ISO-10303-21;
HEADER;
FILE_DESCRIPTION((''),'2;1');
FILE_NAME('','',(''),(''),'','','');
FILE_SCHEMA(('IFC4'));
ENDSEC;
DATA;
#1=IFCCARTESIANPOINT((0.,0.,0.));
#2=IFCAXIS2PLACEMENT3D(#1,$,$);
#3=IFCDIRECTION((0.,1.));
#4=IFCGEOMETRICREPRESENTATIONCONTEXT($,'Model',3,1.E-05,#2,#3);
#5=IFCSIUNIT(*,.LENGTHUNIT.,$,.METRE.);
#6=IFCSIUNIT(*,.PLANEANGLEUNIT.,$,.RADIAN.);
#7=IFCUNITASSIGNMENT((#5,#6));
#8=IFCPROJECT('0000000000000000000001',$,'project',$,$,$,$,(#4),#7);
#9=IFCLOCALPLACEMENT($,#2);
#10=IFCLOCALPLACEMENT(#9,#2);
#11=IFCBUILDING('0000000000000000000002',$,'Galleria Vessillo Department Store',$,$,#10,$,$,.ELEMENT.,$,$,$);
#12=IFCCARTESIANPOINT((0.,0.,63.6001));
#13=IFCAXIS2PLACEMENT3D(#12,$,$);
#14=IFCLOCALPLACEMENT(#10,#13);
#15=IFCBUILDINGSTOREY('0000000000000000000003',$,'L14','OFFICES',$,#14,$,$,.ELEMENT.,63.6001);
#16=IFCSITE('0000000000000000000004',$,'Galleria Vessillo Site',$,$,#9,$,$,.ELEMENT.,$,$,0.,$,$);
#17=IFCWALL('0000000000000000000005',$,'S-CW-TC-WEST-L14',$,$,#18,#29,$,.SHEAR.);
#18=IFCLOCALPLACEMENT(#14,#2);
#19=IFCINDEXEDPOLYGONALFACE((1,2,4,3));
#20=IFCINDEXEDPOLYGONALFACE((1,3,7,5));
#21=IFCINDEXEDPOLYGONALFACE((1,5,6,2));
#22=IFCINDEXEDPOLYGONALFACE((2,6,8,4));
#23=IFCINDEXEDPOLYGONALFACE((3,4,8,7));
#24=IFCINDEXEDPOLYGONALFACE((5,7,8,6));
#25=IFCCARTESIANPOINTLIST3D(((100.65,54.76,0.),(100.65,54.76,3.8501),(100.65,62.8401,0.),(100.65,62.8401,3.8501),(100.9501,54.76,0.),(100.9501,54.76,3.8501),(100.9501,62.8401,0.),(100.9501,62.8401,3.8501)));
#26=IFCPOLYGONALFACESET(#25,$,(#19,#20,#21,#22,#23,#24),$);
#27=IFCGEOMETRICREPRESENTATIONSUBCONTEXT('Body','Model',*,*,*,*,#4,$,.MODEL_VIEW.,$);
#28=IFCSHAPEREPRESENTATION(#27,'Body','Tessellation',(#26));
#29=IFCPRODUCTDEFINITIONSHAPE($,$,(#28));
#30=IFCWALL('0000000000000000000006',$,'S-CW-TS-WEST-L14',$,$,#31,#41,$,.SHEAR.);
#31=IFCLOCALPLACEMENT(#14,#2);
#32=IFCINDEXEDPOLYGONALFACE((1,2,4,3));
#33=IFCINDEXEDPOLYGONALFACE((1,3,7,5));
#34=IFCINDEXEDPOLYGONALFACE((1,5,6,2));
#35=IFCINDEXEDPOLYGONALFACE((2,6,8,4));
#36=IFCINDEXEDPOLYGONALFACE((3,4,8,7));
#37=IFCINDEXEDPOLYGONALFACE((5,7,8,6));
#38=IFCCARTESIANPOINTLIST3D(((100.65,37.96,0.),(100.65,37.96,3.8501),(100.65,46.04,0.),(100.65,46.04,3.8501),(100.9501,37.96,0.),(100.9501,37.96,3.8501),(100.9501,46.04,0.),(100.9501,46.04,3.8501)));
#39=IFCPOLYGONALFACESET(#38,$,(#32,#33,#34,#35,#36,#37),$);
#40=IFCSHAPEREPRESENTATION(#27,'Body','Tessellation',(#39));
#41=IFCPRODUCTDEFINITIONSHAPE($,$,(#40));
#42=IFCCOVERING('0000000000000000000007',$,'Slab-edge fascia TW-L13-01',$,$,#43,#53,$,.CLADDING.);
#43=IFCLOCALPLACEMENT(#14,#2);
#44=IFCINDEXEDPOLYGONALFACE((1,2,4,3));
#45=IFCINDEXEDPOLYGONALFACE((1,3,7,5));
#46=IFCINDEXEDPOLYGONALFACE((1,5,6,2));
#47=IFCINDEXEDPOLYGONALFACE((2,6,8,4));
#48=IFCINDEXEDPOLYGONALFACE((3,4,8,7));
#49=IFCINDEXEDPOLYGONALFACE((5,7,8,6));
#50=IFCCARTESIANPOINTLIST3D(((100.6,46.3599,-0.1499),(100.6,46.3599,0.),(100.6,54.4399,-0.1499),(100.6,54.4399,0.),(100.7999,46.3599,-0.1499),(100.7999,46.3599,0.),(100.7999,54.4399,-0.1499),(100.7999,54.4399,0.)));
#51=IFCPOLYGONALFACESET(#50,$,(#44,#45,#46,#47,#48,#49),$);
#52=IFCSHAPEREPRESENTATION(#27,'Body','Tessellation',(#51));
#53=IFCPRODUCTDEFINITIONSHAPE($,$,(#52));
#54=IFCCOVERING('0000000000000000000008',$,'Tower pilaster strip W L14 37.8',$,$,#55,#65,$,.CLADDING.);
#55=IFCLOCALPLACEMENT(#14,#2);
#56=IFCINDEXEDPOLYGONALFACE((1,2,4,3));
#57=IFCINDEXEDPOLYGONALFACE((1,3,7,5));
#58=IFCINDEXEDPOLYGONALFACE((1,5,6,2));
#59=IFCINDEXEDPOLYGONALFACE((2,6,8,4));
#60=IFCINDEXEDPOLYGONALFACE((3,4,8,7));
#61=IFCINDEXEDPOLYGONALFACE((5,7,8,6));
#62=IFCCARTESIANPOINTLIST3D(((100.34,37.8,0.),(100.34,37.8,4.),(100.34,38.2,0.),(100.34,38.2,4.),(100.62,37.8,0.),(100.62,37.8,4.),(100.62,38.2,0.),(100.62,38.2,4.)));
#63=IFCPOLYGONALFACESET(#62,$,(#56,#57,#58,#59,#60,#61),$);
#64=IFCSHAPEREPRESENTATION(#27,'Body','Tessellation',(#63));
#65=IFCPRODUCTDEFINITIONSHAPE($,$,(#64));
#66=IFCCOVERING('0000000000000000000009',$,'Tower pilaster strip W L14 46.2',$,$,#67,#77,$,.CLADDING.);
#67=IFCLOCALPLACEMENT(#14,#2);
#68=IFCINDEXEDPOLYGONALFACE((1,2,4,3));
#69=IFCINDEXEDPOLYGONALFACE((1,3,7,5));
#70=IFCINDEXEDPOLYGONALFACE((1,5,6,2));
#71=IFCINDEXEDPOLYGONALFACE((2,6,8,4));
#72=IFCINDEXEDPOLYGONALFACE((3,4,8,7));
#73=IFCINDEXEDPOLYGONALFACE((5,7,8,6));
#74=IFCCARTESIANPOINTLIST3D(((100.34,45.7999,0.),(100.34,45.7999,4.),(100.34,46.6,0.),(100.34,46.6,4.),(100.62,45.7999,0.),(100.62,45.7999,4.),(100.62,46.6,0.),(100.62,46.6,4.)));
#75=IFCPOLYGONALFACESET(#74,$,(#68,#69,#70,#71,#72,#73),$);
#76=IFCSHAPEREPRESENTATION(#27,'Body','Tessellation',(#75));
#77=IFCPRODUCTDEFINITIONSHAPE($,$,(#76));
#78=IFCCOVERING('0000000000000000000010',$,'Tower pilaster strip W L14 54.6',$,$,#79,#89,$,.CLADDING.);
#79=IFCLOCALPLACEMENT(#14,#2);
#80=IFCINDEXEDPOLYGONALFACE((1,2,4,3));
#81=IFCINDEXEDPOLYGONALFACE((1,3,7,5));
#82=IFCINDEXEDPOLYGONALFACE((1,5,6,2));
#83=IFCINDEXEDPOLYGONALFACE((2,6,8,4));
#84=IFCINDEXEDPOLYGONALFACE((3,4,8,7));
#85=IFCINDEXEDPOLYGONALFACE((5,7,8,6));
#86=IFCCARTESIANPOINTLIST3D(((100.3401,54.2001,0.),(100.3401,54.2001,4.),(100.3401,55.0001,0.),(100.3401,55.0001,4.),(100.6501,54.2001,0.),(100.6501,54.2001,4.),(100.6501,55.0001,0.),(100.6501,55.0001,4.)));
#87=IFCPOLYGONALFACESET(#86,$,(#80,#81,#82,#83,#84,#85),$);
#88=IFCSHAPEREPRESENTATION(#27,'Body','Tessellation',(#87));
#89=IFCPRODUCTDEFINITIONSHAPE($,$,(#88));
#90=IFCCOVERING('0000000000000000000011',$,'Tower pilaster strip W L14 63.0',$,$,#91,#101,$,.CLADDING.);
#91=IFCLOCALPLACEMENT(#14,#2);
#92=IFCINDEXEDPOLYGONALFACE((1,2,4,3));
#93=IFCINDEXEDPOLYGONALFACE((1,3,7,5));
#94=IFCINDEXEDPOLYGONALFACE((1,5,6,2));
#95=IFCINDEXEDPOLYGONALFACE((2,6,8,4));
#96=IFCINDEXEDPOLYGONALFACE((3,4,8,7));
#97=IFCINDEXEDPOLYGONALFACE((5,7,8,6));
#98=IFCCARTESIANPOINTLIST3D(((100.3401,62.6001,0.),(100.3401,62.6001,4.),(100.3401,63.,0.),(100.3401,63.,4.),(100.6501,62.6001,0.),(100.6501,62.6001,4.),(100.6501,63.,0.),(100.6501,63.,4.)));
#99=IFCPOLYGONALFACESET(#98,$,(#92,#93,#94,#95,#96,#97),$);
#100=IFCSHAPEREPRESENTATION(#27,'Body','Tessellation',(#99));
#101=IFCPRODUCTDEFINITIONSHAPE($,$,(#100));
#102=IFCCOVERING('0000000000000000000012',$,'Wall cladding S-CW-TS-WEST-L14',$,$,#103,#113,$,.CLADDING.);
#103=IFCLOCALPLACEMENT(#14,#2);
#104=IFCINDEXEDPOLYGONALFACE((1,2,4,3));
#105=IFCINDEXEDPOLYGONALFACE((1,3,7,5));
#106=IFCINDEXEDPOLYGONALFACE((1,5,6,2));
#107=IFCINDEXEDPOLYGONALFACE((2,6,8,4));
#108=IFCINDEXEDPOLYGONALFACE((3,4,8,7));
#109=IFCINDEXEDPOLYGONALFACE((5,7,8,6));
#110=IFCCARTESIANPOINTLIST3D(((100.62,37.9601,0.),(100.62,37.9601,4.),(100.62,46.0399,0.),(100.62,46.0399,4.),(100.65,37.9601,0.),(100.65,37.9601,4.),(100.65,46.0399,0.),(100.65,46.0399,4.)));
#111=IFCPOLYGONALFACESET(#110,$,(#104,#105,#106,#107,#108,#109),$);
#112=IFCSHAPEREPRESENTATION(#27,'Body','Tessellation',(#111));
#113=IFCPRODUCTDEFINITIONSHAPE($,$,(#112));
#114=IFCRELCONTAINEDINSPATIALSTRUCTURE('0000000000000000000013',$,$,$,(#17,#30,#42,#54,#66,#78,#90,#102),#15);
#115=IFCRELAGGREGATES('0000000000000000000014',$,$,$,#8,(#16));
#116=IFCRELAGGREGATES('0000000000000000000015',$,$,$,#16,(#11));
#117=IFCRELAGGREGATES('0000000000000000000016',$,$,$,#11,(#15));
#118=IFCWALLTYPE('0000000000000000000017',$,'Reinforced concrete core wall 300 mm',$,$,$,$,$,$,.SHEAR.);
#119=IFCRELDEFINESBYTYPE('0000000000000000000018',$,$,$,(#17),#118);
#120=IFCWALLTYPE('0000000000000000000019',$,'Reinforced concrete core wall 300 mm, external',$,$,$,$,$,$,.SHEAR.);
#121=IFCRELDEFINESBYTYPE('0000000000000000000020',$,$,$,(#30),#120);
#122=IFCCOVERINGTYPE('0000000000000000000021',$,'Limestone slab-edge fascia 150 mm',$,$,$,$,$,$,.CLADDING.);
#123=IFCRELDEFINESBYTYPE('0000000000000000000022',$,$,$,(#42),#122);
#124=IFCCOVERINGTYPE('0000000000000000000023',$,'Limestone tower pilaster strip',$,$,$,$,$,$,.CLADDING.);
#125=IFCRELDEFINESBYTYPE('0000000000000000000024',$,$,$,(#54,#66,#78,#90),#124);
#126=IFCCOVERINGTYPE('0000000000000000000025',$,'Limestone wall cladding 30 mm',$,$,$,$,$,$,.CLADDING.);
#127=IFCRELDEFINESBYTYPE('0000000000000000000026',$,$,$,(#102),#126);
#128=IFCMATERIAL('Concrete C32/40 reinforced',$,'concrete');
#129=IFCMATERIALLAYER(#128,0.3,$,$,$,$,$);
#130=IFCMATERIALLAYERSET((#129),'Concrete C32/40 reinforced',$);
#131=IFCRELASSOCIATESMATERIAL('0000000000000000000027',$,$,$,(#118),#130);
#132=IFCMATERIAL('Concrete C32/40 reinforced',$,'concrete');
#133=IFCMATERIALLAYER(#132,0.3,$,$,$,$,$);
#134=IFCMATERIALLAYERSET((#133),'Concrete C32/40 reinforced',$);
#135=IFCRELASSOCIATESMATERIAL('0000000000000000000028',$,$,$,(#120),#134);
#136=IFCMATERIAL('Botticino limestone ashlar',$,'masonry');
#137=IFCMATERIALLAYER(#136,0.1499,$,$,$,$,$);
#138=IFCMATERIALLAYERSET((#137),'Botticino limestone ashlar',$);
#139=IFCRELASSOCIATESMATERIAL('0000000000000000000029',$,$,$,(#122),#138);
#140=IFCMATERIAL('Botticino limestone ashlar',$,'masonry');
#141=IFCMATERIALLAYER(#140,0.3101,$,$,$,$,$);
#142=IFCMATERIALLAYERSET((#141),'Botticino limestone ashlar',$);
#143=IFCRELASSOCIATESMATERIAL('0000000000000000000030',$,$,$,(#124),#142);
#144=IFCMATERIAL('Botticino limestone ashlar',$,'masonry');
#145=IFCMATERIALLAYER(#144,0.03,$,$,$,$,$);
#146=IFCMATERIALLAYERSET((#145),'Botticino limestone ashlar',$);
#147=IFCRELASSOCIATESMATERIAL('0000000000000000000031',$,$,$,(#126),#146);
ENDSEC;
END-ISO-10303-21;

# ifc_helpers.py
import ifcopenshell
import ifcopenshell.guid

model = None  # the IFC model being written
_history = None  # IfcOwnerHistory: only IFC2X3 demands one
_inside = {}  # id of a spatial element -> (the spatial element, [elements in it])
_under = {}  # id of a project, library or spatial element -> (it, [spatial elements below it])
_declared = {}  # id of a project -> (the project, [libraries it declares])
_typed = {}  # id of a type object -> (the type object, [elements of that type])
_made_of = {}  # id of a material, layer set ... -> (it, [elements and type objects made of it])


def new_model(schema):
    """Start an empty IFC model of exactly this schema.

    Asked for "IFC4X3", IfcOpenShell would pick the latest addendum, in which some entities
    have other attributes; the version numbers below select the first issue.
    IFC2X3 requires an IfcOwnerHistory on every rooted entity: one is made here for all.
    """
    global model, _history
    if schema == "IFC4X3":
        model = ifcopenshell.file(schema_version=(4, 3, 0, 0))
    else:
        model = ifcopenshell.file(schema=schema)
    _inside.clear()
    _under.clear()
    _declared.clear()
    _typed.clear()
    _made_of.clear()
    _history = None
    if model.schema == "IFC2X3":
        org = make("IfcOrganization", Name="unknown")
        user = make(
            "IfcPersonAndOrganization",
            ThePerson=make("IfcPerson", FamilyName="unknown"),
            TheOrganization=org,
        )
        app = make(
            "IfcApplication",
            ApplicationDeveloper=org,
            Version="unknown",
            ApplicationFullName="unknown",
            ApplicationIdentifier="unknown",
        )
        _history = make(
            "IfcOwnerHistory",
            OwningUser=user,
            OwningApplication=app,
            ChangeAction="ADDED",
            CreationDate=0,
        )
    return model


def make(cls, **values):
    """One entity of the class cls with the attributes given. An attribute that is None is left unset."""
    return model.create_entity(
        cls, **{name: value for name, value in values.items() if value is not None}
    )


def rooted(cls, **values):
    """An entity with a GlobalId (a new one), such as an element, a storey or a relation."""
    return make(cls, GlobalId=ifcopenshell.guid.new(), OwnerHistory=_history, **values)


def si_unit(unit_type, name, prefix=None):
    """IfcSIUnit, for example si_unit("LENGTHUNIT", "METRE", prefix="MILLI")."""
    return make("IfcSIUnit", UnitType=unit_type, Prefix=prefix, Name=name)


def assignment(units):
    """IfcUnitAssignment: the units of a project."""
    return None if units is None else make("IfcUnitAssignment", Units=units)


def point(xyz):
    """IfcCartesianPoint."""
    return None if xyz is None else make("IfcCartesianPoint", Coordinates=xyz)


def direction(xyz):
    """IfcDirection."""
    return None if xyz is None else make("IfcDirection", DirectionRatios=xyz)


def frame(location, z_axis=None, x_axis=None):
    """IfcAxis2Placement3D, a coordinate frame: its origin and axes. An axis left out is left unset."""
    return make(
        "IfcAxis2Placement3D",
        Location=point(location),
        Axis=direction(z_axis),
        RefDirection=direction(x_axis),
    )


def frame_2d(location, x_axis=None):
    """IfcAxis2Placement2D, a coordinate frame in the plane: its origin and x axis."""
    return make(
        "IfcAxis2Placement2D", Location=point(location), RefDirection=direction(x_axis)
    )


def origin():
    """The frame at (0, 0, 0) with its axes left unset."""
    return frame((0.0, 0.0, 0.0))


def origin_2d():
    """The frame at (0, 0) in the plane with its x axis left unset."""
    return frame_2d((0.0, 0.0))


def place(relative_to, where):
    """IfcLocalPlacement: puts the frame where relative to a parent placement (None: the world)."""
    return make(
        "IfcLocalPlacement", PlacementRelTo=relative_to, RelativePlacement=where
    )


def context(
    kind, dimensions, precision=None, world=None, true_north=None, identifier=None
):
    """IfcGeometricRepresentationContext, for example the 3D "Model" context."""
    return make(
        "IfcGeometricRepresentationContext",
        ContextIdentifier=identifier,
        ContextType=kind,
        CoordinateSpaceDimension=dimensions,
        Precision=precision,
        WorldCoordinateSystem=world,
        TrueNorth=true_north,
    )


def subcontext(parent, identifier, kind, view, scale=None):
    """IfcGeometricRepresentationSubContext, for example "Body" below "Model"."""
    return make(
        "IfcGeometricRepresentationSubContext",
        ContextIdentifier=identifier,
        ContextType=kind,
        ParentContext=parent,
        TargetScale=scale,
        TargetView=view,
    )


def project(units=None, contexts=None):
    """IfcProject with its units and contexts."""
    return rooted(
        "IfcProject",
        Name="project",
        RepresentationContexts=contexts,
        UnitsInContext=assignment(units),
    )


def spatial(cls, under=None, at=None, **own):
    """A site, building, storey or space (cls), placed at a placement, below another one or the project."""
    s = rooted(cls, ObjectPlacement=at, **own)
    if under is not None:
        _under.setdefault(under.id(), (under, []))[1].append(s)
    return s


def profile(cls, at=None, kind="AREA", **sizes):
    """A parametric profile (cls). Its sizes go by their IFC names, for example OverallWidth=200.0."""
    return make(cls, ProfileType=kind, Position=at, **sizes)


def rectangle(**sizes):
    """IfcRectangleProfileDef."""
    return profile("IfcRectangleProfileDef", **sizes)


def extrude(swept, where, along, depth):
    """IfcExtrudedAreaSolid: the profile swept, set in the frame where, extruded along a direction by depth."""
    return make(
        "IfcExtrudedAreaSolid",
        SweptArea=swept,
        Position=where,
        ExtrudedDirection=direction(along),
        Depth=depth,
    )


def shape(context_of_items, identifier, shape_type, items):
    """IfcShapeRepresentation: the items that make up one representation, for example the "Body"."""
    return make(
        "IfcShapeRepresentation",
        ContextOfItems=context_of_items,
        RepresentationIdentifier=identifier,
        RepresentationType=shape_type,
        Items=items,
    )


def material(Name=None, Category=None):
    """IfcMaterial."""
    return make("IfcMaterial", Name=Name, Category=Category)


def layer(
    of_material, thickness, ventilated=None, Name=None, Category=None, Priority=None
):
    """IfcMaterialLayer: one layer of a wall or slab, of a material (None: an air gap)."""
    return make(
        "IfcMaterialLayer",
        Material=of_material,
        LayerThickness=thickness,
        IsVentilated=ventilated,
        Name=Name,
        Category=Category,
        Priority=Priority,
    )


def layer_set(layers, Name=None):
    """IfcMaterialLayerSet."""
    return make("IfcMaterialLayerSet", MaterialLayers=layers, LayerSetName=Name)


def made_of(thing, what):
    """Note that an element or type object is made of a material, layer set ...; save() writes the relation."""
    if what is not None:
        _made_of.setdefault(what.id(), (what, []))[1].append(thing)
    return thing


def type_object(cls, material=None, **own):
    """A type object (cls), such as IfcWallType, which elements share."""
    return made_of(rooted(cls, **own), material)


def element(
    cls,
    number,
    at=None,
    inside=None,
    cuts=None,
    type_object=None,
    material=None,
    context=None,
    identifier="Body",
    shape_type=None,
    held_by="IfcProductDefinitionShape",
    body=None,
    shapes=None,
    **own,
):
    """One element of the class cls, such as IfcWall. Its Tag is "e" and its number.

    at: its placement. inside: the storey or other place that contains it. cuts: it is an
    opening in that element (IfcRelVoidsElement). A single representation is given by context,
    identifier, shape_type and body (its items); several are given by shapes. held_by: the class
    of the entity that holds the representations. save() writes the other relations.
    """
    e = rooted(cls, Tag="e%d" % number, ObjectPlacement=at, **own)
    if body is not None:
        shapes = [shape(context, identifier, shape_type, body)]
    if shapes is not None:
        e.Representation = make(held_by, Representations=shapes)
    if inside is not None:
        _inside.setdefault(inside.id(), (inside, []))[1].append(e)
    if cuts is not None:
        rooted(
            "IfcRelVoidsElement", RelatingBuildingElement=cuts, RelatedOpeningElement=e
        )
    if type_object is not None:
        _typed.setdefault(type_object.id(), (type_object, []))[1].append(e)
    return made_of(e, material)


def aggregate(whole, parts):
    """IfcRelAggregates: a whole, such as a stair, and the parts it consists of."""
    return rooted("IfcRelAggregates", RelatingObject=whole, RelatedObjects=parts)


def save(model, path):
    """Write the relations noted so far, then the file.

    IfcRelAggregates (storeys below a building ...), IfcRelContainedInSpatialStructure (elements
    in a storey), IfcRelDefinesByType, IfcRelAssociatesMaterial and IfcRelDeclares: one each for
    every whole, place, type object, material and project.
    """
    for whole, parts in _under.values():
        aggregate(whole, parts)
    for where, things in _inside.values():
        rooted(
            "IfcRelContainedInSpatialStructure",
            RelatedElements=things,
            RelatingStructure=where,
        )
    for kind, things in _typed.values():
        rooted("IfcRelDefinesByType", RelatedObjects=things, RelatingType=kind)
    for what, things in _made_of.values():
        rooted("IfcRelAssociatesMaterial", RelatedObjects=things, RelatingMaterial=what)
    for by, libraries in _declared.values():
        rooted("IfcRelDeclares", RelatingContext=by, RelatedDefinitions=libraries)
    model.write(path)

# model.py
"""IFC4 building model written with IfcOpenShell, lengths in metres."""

from ifc_helpers import new_model, si_unit, direction, frame, frame_2d, origin, origin_2d, place, context, subcontext, project, spatial, rectangle, extrude, material, layer, layer_set, type_object, element, save


model = new_model("IFC4")

# Units and contexts
model_context = context("Model", 3, precision=1e-05, world=origin(), true_north=direction((0.0, 1.0)))
body_context = subcontext(model_context, "Body", "Model", "MODEL_VIEW")
ifc_project = project(units=[si_unit("LENGTHUNIT", "METRE"), si_unit("PLANEANGLEUNIT", "RADIAN")], contexts=[model_context])

# Site, building, storey
site_placement = place(None, origin())
site = spatial("IfcSite", under=ifc_project, at=site_placement, Name="Galleria Vessillo Site", CompositionType="ELEMENT", RefElevation=0.0)
building_placement = place(site_placement, origin())
building = spatial("IfcBuilding", under=site, at=building_placement, Name="Galleria Vessillo Department Store", CompositionType="ELEMENT")
storey_placement = place(building_placement, frame((0.0, 0.0, 63.6001)))
storey = spatial("IfcBuildingStorey", under=building, at=storey_placement, Name="L14", Description="OFFICES", CompositionType="ELEMENT", Elevation=63.6001)

# Walls
ifc_material_1 = material(Name="Concrete C32/40 reinforced", Category="concrete")
ifc_layer_1 = layer(ifc_material_1, 0.3)
ifc_layer_set_1 = layer_set([ifc_layer_1], Name="Concrete C32/40 reinforced")
wall_type_1 = type_object("IfcWallType", Name="Reinforced concrete core wall 300 mm", PredefinedType="SHEAR", material=ifc_layer_set_1)
wall_1_placement = place(storey_placement, frame((100.8, 54.76, 0.0), z_axis=(0.0, 0.0, 1.0), x_axis=(0.0, 1.0, 0.0)))
element("IfcWall", 1, at=wall_1_placement, inside=storey, type_object=wall_type_1, Name="S-CW-TC-WEST-L14", PredefinedType="SHEAR", context=body_context, shape_type="SweptSolid", body=[
    extrude(rectangle(XDim=8.0801, YDim=0.3, at=frame_2d((4.04, 0.0))), origin(), (0.0, 0.0, 1.0), 3.8501),
])
ifc_material_2 = material(Name="Concrete C32/40 reinforced", Category="concrete")
ifc_layer_2 = layer(ifc_material_2, 0.3)
ifc_layer_set_2 = layer_set([ifc_layer_2], Name="Concrete C32/40 reinforced")
wall_type_2 = type_object("IfcWallType", Name="Reinforced concrete core wall 300 mm, external", PredefinedType="SHEAR", material=ifc_layer_set_2)
wall_2_placement = place(storey_placement, frame((100.8, 37.96, 0.0), z_axis=(0.0, 0.0, 1.0), x_axis=(0.0, 1.0, 0.0)))
element("IfcWall", 2, at=wall_2_placement, inside=storey, type_object=wall_type_2, Name="S-CW-TS-WEST-L14", PredefinedType="SHEAR", context=body_context, shape_type="SweptSolid", body=[
    extrude(rectangle(XDim=8.0801, YDim=0.3, at=frame_2d((4.04, 0.0))), origin(), (0.0, 0.0, 1.0), 3.8501),
])

# Coverings
ifc_material_3 = material(Name="Botticino limestone ashlar", Category="masonry")
ifc_layer_3 = layer(ifc_material_3, 0.1499)
ifc_layer_set_3 = layer_set([ifc_layer_3], Name="Botticino limestone ashlar")
covering_type_1 = type_object("IfcCoveringType", Name="Limestone slab-edge fascia 150 mm", PredefinedType="CLADDING", material=ifc_layer_set_3)
covering_1_placement = place(storey_placement, frame((100.7, 50.3999, -0.1499), z_axis=(0.0, 0.0, 1.0), x_axis=(1.0, 0.0, 0.0)))
element("IfcCovering", 3, at=covering_1_placement, inside=storey, type_object=covering_type_1, Name="Slab-edge fascia TW-L13-01", PredefinedType="CLADDING", context=body_context, shape_type="SweptSolid", body=[
    extrude(rectangle(XDim=0.2, YDim=8.0801, at=origin_2d()), origin(), (0.0, 0.0, 1.0), 0.1499),
])
ifc_material_4 = material(Name="Botticino limestone ashlar", Category="masonry")
ifc_layer_4 = layer(ifc_material_4, 0.3101)
ifc_layer_set_4 = layer_set([ifc_layer_4], Name="Botticino limestone ashlar")
covering_type_2 = type_object("IfcCoveringType", Name="Limestone tower pilaster strip", PredefinedType="CLADDING", material=ifc_layer_set_4)
covering_2_placement = place(storey_placement, frame((100.48, 38.0, 0.0), z_axis=(0.0, 0.0, 1.0), x_axis=(1.0, 0.0, 0.0)))
element("IfcCovering", 4, at=covering_2_placement, inside=storey, type_object=covering_type_2, Name="Tower pilaster strip W L14 37.8", PredefinedType="CLADDING", context=body_context, shape_type="SweptSolid", body=[
    extrude(rectangle(XDim=0.28, YDim=0.3999, at=origin_2d()), origin(), (0.0, 0.0, 1.0), 4.0),
])
covering_3_placement = place(storey_placement, frame((100.48, 46.2, 0.0), z_axis=(0.0, 0.0, 1.0), x_axis=(1.0, 0.0, 0.0)))
element("IfcCovering", 5, at=covering_3_placement, inside=storey, type_object=covering_type_2, Name="Tower pilaster strip W L14 46.2", PredefinedType="CLADDING", context=body_context, shape_type="SweptSolid", body=[
    extrude(rectangle(XDim=0.28, YDim=0.8, at=origin_2d()), origin(), (0.0, 0.0, 1.0), 4.0),
])
covering_4_placement = place(storey_placement, frame((100.4951, 54.6001, 0.0), z_axis=(0.0, 0.0, 1.0), x_axis=(1.0, 0.0, 0.0)))
element("IfcCovering", 6, at=covering_4_placement, inside=storey, type_object=covering_type_2, Name="Tower pilaster strip W L14 54.6", PredefinedType="CLADDING", context=body_context, shape_type="SweptSolid", body=[
    extrude(rectangle(XDim=0.3101, YDim=0.8, at=origin_2d()), origin(), (0.0, 0.0, 1.0), 4.0),
])
covering_5_placement = place(storey_placement, frame((100.4951, 62.8, 0.0), z_axis=(0.0, 0.0, 1.0), x_axis=(1.0, 0.0, 0.0)))
element("IfcCovering", 7, at=covering_5_placement, inside=storey, type_object=covering_type_2, Name="Tower pilaster strip W L14 63.0", PredefinedType="CLADDING", context=body_context, shape_type="SweptSolid", body=[
    extrude(rectangle(XDim=0.3101, YDim=0.3999, at=origin_2d()), origin(), (0.0, 0.0, 1.0), 4.0),
])
ifc_material_5 = material(Name="Botticino limestone ashlar", Category="masonry")
ifc_layer_5 = layer(ifc_material_5, 0.03)
ifc_layer_set_5 = layer_set([ifc_layer_5], Name="Botticino limestone ashlar")
covering_type_3 = type_object("IfcCoveringType", Name="Limestone wall cladding 30 mm", PredefinedType="CLADDING", material=ifc_layer_set_5)
covering_6_placement = place(storey_placement, frame((100.635, 42.0, 0.0), z_axis=(0.0, 0.0, 1.0), x_axis=(1.0, 0.0, 0.0)))
element("IfcCovering", 8, at=covering_6_placement, inside=storey, type_object=covering_type_3, Name="Wall cladding S-CW-TS-WEST-L14", PredefinedType="CLADDING", context=body_context, shape_type="SweptSolid", body=[
    extrude(rectangle(XDim=0.03, YDim=8.0798, at=origin_2d()), origin(), (0.0, 0.0, 1.0), 4.0),
])

save(model, "model.ifc")
